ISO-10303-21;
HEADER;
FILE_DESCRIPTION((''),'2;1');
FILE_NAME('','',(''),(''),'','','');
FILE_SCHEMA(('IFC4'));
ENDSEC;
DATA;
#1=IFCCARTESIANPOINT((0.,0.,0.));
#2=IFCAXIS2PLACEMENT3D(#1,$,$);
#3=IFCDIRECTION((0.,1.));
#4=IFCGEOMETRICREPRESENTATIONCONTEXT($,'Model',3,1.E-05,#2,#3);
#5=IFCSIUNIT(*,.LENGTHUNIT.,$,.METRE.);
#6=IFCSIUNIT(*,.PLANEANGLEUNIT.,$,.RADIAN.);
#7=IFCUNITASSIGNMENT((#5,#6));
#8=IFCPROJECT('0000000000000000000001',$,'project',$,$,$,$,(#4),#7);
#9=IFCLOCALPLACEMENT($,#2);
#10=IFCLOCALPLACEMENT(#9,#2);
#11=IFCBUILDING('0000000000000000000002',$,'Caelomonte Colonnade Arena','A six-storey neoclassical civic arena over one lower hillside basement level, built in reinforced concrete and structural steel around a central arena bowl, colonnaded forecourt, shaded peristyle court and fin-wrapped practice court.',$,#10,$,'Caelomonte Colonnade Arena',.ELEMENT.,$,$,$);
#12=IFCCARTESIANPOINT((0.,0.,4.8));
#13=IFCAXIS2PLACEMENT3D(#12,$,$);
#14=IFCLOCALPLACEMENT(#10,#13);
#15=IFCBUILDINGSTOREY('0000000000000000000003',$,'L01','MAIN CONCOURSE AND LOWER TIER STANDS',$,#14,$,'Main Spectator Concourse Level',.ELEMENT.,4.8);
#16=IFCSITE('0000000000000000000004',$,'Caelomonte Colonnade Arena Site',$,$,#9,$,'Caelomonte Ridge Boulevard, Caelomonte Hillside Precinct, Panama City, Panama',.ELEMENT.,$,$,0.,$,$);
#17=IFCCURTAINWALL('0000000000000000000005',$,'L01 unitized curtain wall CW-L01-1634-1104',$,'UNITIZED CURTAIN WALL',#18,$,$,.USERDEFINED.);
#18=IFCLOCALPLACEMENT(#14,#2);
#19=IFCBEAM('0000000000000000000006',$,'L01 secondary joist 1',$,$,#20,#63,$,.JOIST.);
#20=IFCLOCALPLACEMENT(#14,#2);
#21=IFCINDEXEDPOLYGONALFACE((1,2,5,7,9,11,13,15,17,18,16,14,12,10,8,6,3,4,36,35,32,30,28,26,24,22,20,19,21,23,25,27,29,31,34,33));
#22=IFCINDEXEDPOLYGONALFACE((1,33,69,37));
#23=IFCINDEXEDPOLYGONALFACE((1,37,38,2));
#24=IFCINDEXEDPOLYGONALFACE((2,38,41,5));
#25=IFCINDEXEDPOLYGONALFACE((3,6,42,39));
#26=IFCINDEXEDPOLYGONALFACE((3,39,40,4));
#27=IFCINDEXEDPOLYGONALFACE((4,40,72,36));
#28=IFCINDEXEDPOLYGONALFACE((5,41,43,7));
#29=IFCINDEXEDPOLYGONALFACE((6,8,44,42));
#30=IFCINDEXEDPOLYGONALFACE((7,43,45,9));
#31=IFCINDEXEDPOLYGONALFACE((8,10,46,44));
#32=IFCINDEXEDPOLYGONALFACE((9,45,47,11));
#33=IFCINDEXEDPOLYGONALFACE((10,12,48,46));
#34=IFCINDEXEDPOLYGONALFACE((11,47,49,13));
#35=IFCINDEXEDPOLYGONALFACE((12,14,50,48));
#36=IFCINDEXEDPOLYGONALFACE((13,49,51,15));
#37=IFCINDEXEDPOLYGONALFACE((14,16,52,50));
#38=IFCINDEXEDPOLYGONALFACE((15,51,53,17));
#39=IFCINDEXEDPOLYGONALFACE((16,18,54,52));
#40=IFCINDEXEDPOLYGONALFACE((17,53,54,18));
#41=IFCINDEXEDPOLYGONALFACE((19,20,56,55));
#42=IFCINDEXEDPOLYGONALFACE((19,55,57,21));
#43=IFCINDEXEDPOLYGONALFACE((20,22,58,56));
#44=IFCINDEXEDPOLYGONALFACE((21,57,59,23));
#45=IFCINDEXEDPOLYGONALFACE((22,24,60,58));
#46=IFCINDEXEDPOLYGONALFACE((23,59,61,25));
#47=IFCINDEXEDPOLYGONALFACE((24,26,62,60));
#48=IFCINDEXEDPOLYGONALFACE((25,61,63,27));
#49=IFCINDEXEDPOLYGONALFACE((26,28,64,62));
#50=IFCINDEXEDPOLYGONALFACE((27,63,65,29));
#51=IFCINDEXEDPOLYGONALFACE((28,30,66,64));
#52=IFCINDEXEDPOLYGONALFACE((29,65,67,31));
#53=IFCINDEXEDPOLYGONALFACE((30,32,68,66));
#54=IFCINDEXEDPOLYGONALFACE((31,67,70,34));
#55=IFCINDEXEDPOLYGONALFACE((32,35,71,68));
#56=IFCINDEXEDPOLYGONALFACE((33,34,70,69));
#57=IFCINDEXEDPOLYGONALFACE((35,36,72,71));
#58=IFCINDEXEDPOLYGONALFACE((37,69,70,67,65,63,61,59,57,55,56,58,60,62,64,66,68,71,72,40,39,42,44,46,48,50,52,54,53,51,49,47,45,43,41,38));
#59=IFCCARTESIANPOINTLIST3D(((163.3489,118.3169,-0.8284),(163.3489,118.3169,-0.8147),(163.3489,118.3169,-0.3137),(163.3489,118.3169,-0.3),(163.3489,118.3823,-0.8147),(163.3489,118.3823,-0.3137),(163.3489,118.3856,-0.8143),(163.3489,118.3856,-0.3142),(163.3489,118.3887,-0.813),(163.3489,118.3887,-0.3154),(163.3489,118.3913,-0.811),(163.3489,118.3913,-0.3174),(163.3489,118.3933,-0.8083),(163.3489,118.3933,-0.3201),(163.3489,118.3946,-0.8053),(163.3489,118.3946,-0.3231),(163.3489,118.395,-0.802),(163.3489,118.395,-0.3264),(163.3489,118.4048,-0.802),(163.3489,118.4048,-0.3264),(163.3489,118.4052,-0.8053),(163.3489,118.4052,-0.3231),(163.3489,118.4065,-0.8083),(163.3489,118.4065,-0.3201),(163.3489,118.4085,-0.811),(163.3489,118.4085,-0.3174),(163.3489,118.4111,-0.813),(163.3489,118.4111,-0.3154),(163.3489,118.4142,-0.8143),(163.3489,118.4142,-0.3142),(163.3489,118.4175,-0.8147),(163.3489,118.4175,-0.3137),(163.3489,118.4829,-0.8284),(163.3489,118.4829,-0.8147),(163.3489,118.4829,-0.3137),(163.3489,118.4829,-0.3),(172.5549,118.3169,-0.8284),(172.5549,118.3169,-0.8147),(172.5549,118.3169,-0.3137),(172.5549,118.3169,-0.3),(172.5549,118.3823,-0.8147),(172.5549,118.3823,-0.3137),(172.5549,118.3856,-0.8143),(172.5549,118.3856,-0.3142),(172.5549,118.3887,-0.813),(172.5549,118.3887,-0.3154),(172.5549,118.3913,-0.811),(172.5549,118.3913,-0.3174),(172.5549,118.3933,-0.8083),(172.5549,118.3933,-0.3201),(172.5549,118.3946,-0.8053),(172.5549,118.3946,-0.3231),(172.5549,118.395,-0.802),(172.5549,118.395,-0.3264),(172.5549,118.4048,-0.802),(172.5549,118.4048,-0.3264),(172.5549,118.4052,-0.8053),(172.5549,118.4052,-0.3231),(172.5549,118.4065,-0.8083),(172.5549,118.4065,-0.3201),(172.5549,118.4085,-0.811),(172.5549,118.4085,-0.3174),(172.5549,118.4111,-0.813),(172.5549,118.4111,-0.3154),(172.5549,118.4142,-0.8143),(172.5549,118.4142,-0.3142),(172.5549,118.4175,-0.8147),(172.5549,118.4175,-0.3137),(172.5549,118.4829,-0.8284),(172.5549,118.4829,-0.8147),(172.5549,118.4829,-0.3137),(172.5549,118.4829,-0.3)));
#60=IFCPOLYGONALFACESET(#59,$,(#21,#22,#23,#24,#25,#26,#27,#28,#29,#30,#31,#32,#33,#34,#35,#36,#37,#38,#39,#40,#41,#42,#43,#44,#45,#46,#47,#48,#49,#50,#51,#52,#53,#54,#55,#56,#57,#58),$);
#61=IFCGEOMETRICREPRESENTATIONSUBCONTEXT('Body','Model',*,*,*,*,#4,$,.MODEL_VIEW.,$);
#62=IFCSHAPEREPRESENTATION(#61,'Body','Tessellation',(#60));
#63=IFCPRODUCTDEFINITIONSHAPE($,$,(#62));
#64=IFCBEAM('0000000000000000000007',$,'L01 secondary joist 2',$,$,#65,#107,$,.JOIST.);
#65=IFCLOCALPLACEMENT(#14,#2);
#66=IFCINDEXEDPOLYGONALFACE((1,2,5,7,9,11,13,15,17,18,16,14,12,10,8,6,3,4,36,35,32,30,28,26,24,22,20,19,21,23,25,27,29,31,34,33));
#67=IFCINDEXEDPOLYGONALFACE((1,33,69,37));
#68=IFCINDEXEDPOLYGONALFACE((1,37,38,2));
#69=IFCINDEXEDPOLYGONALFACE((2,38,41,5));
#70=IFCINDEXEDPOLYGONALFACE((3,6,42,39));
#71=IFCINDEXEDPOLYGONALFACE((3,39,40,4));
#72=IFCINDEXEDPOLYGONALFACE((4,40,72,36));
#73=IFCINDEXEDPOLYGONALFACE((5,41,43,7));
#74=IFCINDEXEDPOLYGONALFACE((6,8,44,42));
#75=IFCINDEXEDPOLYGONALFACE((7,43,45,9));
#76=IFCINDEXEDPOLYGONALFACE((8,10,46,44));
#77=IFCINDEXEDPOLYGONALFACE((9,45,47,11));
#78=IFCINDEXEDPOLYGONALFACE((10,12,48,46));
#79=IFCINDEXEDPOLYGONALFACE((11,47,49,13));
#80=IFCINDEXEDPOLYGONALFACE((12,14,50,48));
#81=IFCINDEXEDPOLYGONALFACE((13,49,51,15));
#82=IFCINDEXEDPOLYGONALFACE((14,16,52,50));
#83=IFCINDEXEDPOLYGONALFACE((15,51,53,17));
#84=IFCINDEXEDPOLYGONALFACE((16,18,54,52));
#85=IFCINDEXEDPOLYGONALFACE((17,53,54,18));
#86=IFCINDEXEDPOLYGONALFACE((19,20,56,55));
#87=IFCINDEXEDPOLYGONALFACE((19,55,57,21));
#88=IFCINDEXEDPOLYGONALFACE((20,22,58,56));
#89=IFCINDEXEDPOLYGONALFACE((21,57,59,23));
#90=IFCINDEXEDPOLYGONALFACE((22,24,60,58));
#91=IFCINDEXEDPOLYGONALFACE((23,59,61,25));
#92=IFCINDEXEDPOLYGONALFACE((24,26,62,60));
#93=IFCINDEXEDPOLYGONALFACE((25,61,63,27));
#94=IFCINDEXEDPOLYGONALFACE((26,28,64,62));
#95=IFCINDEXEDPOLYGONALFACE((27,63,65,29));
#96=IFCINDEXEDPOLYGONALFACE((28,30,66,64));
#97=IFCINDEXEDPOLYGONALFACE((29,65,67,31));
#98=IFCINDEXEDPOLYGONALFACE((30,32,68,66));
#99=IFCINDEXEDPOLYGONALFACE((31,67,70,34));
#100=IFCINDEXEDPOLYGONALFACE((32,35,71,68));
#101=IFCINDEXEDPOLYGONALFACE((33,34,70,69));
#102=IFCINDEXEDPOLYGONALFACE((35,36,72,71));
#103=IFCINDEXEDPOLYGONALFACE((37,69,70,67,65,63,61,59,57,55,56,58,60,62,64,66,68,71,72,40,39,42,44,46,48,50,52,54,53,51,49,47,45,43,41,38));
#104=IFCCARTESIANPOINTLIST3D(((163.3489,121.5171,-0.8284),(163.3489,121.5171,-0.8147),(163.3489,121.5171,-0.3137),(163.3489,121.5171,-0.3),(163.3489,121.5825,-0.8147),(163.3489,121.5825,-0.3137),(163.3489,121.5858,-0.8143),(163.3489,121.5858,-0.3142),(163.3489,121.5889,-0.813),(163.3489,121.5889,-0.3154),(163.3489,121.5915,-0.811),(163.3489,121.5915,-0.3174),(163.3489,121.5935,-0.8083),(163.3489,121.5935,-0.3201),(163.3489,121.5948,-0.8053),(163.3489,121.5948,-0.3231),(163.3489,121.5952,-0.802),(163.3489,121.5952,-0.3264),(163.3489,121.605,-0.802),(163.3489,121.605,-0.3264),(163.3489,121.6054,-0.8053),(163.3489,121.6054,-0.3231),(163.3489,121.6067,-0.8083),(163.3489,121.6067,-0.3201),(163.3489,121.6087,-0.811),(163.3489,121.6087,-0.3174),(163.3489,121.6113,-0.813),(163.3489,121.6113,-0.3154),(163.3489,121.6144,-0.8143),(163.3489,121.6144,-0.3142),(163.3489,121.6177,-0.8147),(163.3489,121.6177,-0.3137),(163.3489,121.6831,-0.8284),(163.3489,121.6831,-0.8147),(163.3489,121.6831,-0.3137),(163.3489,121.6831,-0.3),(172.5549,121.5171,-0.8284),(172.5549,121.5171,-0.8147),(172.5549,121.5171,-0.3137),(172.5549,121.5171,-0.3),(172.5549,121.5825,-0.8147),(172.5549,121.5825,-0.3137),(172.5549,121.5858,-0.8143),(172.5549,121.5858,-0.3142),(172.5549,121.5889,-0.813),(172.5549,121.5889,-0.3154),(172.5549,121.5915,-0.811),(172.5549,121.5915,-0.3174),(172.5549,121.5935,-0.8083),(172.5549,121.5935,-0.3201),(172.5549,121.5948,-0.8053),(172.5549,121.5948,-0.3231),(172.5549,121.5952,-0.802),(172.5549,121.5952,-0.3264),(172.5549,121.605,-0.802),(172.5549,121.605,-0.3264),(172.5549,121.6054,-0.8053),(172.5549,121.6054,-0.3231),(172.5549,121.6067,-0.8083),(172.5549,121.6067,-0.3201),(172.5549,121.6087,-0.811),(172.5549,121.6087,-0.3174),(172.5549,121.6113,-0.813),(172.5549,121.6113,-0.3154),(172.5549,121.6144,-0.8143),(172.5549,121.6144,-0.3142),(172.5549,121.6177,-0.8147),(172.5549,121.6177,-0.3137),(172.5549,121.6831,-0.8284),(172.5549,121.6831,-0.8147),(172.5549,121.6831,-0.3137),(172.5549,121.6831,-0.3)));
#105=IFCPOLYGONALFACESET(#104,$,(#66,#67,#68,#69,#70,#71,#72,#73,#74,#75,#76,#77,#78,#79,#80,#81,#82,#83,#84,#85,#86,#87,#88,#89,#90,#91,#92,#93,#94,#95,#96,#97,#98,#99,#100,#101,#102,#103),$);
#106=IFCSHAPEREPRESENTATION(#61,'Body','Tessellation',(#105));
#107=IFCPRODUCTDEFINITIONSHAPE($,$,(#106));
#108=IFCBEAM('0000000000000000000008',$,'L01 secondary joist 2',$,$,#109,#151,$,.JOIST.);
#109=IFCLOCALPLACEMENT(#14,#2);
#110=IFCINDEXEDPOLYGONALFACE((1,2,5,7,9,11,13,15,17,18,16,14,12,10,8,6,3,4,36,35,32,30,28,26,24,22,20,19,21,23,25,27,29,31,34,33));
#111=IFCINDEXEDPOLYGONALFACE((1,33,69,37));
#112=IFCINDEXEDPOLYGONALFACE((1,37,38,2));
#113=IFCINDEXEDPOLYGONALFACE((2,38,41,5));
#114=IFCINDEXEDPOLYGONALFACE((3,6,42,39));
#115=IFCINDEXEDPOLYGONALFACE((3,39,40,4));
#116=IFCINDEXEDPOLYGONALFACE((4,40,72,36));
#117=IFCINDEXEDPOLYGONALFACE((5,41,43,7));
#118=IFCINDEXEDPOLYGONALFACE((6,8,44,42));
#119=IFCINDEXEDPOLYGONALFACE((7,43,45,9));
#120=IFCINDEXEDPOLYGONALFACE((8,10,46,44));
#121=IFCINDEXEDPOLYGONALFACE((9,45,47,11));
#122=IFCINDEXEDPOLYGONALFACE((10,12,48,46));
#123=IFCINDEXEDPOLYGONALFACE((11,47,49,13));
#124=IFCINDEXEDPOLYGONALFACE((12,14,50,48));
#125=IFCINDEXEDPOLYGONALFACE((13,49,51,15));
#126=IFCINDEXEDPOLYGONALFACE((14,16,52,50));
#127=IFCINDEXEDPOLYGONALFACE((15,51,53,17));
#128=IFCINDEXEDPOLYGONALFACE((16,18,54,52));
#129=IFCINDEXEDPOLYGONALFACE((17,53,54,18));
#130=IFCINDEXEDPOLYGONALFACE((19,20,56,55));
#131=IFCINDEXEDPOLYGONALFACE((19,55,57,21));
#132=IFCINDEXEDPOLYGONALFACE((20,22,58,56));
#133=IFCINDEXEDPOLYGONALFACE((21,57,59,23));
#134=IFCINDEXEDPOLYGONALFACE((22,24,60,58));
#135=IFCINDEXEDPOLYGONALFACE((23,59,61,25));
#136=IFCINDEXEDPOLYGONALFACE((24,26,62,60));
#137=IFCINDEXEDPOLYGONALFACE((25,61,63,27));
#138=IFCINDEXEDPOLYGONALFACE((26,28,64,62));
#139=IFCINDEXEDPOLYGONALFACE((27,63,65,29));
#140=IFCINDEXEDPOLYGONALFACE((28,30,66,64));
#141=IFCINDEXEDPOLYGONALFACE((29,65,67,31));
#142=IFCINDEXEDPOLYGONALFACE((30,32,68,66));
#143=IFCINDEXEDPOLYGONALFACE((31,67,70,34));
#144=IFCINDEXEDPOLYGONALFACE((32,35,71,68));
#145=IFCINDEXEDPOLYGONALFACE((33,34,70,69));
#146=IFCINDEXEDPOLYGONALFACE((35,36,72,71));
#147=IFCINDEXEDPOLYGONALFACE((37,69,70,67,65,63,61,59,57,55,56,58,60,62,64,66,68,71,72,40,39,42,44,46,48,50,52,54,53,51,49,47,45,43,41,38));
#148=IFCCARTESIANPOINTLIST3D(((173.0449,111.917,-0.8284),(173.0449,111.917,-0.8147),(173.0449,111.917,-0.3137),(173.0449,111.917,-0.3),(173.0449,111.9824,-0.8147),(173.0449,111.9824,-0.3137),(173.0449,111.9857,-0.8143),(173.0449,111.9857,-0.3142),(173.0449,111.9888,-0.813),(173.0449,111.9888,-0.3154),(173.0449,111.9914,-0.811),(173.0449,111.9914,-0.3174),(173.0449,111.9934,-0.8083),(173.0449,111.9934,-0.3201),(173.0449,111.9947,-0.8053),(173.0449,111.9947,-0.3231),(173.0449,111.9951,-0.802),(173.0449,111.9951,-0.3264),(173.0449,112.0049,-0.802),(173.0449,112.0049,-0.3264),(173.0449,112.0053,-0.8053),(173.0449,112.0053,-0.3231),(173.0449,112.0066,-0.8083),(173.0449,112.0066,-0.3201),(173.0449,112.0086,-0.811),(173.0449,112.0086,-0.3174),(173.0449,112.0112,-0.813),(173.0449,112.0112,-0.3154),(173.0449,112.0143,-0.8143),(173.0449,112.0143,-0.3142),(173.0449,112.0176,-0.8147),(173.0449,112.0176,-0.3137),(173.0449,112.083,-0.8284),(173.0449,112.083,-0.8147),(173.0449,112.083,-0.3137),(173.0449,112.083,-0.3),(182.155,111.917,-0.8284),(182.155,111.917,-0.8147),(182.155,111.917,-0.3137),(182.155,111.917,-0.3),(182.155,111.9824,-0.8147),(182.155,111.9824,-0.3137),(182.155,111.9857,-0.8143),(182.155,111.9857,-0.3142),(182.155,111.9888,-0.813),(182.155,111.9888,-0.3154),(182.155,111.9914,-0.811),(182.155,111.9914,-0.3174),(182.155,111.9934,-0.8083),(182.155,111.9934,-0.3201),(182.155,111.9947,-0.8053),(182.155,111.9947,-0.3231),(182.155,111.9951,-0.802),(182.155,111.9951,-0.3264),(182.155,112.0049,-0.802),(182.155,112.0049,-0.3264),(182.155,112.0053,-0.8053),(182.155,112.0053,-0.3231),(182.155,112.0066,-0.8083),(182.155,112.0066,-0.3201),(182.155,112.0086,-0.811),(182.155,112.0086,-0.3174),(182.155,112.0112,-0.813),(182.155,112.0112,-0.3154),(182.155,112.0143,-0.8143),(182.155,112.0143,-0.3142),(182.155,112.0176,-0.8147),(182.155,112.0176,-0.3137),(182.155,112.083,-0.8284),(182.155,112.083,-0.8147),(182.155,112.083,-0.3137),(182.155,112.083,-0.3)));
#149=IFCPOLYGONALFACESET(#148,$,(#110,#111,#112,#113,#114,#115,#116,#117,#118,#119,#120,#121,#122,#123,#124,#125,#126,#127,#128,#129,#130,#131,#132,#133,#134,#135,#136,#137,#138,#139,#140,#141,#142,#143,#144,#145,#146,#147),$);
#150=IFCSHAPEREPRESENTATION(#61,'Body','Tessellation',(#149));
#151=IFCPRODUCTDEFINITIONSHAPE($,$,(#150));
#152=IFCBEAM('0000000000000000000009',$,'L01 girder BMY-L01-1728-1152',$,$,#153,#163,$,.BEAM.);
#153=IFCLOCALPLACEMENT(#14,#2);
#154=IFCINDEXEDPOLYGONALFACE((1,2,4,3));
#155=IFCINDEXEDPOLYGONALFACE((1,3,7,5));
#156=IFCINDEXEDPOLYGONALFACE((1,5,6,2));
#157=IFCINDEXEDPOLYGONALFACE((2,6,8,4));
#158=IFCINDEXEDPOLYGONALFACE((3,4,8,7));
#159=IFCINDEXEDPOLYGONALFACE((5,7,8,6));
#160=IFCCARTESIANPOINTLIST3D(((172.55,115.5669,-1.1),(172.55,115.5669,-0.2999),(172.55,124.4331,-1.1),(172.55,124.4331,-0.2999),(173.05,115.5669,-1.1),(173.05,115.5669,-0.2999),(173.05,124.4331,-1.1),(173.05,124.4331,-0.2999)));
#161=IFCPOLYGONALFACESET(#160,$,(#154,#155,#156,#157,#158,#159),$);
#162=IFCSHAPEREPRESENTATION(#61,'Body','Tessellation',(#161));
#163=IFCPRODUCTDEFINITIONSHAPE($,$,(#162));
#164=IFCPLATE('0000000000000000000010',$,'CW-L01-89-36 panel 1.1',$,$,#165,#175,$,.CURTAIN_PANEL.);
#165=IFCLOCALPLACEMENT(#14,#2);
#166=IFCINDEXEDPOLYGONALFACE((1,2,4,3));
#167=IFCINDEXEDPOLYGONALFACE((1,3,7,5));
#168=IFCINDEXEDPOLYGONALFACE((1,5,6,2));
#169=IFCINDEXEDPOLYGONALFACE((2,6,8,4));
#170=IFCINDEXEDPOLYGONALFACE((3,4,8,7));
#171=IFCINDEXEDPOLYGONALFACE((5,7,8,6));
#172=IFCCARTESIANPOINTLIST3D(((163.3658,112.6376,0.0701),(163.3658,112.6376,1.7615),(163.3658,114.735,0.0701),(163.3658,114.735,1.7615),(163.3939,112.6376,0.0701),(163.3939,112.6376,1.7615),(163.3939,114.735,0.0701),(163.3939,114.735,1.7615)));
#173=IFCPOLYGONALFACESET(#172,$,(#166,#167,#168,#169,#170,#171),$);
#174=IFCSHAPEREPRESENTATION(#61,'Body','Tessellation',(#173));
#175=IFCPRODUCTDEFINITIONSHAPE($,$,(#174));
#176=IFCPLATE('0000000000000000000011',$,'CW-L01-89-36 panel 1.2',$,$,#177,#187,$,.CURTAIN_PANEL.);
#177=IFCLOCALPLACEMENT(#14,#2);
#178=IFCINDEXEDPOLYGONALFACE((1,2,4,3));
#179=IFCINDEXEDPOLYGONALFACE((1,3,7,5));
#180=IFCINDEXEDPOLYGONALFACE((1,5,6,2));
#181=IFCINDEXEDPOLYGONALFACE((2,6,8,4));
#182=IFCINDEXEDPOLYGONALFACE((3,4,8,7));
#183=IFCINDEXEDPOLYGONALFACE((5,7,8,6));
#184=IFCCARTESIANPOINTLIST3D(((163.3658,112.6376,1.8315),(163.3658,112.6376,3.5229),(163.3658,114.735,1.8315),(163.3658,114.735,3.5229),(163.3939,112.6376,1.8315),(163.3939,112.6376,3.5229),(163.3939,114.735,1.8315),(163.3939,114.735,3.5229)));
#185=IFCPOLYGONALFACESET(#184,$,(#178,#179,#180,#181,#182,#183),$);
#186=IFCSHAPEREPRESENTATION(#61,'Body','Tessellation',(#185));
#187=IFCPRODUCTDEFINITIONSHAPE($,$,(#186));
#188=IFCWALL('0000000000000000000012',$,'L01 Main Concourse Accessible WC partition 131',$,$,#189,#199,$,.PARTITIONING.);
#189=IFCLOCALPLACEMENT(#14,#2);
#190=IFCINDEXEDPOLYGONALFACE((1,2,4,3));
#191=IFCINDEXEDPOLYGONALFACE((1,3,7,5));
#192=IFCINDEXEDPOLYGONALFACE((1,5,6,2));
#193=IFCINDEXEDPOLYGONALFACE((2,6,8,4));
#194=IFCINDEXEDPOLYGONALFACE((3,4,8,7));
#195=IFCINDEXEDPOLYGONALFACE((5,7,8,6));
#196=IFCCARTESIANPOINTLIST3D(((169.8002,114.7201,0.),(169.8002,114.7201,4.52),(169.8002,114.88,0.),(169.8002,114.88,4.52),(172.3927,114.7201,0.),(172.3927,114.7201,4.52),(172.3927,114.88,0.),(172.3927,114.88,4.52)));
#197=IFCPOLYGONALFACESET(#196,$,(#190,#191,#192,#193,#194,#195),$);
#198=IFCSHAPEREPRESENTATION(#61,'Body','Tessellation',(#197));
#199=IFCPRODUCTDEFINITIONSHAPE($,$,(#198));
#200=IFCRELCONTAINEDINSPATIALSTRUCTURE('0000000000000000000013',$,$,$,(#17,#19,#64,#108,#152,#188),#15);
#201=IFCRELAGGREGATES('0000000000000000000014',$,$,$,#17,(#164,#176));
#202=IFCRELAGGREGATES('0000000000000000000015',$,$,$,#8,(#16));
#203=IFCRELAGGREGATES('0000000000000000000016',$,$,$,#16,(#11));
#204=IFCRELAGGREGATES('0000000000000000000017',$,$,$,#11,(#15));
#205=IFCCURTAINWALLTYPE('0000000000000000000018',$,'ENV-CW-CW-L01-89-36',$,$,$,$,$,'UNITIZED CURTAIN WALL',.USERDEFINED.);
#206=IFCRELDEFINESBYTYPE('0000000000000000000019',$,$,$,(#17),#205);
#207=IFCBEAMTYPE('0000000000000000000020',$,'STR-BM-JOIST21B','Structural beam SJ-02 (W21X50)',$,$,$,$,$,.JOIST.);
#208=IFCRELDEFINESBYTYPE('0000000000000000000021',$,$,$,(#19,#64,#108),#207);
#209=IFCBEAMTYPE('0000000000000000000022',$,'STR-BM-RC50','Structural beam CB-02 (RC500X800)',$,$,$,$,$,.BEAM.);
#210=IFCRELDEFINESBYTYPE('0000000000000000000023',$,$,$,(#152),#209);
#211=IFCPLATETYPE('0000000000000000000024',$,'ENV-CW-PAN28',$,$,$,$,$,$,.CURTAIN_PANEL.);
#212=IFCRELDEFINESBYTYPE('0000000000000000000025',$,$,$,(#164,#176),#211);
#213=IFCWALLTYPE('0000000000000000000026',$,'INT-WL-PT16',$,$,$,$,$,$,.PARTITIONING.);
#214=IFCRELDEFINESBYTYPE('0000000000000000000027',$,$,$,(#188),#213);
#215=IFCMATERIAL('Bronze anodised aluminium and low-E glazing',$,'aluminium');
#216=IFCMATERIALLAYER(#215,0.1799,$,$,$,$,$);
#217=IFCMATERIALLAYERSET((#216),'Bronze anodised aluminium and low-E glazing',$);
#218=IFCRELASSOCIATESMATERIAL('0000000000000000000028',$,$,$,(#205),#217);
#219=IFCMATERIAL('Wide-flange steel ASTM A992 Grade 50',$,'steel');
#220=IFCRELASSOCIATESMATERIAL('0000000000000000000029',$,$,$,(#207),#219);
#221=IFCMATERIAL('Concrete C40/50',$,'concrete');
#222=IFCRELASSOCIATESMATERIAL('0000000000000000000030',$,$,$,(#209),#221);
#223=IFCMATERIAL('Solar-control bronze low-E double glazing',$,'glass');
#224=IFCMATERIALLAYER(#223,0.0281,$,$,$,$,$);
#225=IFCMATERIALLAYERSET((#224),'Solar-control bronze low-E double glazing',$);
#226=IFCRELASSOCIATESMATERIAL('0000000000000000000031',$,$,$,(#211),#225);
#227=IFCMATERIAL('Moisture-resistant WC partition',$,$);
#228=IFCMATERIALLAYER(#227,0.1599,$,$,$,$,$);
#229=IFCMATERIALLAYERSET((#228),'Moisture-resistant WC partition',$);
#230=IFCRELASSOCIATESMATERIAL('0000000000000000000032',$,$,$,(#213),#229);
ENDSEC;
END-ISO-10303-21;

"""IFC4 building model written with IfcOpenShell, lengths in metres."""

from ifc_helpers import new_model, si_unit, direction, frame, frame_2d, origin, origin_2d, place, context, subcontext, project, spatial, rectangle, i_section, extrude, material, layer, layer_set, material_profile, profile_set, type_object, element, aggregate, save


model = new_model("IFC4")

# Units and contexts
model_context = context("Model", 3, precision=1e-05, world=origin(), true_north=direction((0.0, 1.0)))
body_context = subcontext(model_context, "Body", "Model", "MODEL_VIEW")
ifc_project = project(units=[si_unit("LENGTHUNIT", "METRE"), si_unit("PLANEANGLEUNIT", "RADIAN")], contexts=[model_context])

# Site, building, storey
site_placement = place(None, origin())
site = spatial("IfcSite", under=ifc_project, at=site_placement, Name="Caelomonte Colonnade Arena Site", LongName="Caelomonte Ridge Boulevard, Caelomonte Hillside Precinct, Panama City, Panama", CompositionType="ELEMENT", RefElevation=0.0)
building_placement = place(site_placement, origin())
building = spatial("IfcBuilding", under=site, at=building_placement, Name="Caelomonte Colonnade Arena", Description="A six-storey neoclassical civic arena over one lower hillside basement level, built in reinforced concrete and structural steel around a central arena bowl, colonnaded forecourt, shaded peristyle court and fin-wrapped practice court.", LongName="Caelomonte Colonnade Arena", CompositionType="ELEMENT")
storey_placement = place(building_placement, frame((0.0, 0.0, 4.8)))
storey = spatial("IfcBuildingStorey", under=building, at=storey_placement, Name="L01", Description="MAIN CONCOURSE AND LOWER TIER STANDS", LongName="Main Spectator Concourse Level", CompositionType="ELEMENT", Elevation=4.8)

# Shared definitions
ifc_material_1 = material(Name="Concrete C40/50", Category="concrete")

# Shared definitions
ifc_material_2 = material(Name="Bronze anodised aluminium and low-E glazing", Category="aluminium")
ifc_layer_1 = layer(ifc_material_2, 0.1799)
ifc_layer_set_1 = layer_set([ifc_layer_1], Name="Bronze anodised aluminium and low-E glazing")
curtain_wall_type = type_object("IfcCurtainWallType", Name="ENV-CW-CW-L01-89-36", ElementType="UNITIZED CURTAIN WALL", PredefinedType="USERDEFINED", material=ifc_layer_set_1)

# Curtain wall
curtain_wall_1_placement = place(storey_placement, origin())
curtain_wall_1 = element("IfcCurtainWall", 1, at=curtain_wall_1_placement, inside=storey, type_object=curtain_wall_type, Name="L01 unitized curtain wall CW-L01-1634-1104", ObjectType="UNITIZED CURTAIN WALL", PredefinedType="USERDEFINED")

# Beams
ifc_material_3 = material(Name="Wide-flange steel ASTM A992 Grade 50", Category="steel")
ifc_material_profile_1 = material_profile(ifc_material_3, i_section(OverallWidth=0.166, OverallDepth=0.5283, WebThickness=0.0098, FlangeThickness=0.0137, FilletRadius=0.0127, at=origin_2d()), Name="W21X50")
ifc_profile_set_1 = profile_set([ifc_material_profile_1], Name="Wide-flange steel ASTM A992 Grade 50")
beam_type_1 = type_object("IfcBeamType", Name="STR-BM-JOIST21B", Description="Structural beam SJ-02 (W21X50)", PredefinedType="JOIST", material=ifc_profile_set_1)
for number, where, z_axis, x_axis, name in (
    (2, (163.3489, 118.3999, -0.5642), (1.0, 0.0, 0.0), (0.0, 1.0, 0.0), "L01 secondary joist 1"),
    (3, (163.3489, 121.6001, -0.5642), (1.0, 0.0, 0.0), (0.0, 1.0, 0.0), "L01 secondary joist 2"),
):
    element("IfcBeam", number, at=place(storey_placement, frame(where, z_axis=z_axis, x_axis=x_axis)), inside=storey, type_object=beam_type_1, Name=name, PredefinedType="JOIST", context=body_context, shape_type="SweptSolid", body=[
        extrude(i_section(OverallWidth=0.166, OverallDepth=0.5283, WebThickness=0.0098, FlangeThickness=0.0137, FilletRadius=0.0127, at=origin_2d()), origin(), (0.0, 0.0, 1.0), 9.2061),
    ])
beam_1_placement = place(storey_placement, frame((173.0449, 112.0, -0.5642), z_axis=(1.0, 0.0, 0.0), x_axis=(0.0, 1.0, 0.0)))
element("IfcBeam", 4, at=beam_1_placement, inside=storey, type_object=beam_type_1, Name="L01 secondary joist 2", PredefinedType="JOIST", context=body_context, shape_type="SweptSolid", body=[
    extrude(i_section(OverallWidth=0.166, OverallDepth=0.5283, WebThickness=0.0098, FlangeThickness=0.0137, FilletRadius=0.0127, at=origin_2d()), origin(), (0.0, 0.0, 1.0), 9.1101),
])
ifc_material_profile_2 = material_profile(ifc_material_1, rectangle(XDim=0.5, YDim=0.8, at=origin_2d()), Name="RC500X800")
ifc_profile_set_2 = profile_set([ifc_material_profile_2], Name="Concrete C40/50")
beam_type_2 = type_object("IfcBeamType", Name="STR-BM-RC50", Description="Structural beam CB-02 (RC500X800)", PredefinedType="BEAM", material=ifc_profile_set_2)
beam_2_placement = place(storey_placement, frame((172.8, 115.5669, -0.7), z_axis=(0.0, 1.0, 0.0), x_axis=(-1.0, 0.0, 0.0)))
element("IfcBeam", 5, at=beam_2_placement, inside=storey, type_object=beam_type_2, Name="L01 girder BMY-L01-1728-1152", PredefinedType="BEAM", context=body_context, shape_type="SweptSolid", body=[
    extrude(rectangle(XDim=0.5, YDim=0.8, at=origin_2d()), origin(), (0.0, 0.0, 1.0), 8.8662),
])

# Plates
ifc_material_4 = material(Name="Solar-control bronze low-E double glazing", Category="glass")
ifc_layer_2 = layer(ifc_material_4, 0.0281)
ifc_layer_set_2 = layer_set([ifc_layer_2], Name="Solar-control bronze low-E double glazing")
plate_type = type_object("IfcPlateType", Name="ENV-CW-PAN28", PredefinedType="CURTAIN_PANEL", material=ifc_layer_set_2)
plate_1_placement = place(storey_placement, frame((163.3799, 113.6863, 0.0701), z_axis=(0.0, 0.0, 1.0), x_axis=(0.0, -1.0, 0.0)))
plate_1 = element("IfcPlate", 6, at=plate_1_placement, type_object=plate_type, Name="CW-L01-89-36 panel 1.1", PredefinedType="CURTAIN_PANEL", context=body_context, shape_type="SweptSolid", body=[
    extrude(rectangle(XDim=2.0974, YDim=0.0281, at=origin_2d()), origin(), (0.0, 0.0, 1.0), 1.6914),
])
plate_2_placement = place(storey_placement, frame((163.3799, 113.6863, 1.8315), z_axis=(0.0, 0.0, 1.0), x_axis=(0.0, -1.0, 0.0)))
plate_2 = element("IfcPlate", 7, at=plate_2_placement, type_object=plate_type, Name="CW-L01-89-36 panel 1.2", PredefinedType="CURTAIN_PANEL", context=body_context, shape_type="SweptSolid", body=[
    extrude(rectangle(XDim=2.0974, YDim=0.0281, at=origin_2d()), origin(), (0.0, 0.0, 1.0), 1.6914),
])
aggregate(curtain_wall_1, [plate_1, plate_2])

# Wall
ifc_material_5 = material(Name="Moisture-resistant WC partition")
ifc_layer_3 = layer(ifc_material_5, 0.1599)
ifc_layer_set_3 = layer_set([ifc_layer_3], Name="Moisture-resistant WC partition")
wall_type = type_object("IfcWallType", Name="INT-WL-PT16", PredefinedType="PARTITIONING", material=ifc_layer_set_3)
wall_placement = place(storey_placement, frame((169.8, 114.8, 0.0), z_axis=(0.0, 0.0, 1.0), x_axis=(1.0, 0.0, 0.0)))
element("IfcWall", 8, at=wall_placement, inside=storey, type_object=wall_type, Name="L01 Main Concourse Accessible WC partition 131", PredefinedType="PARTITIONING", context=body_context, shape_type="SweptSolid", body=[
    extrude(rectangle(XDim=2.5925, YDim=0.1599, at=frame_2d((1.2964, 0.0))), origin(), (0.0, 0.0, 1.0), 4.52),
])

save(model, "model.ifc")
